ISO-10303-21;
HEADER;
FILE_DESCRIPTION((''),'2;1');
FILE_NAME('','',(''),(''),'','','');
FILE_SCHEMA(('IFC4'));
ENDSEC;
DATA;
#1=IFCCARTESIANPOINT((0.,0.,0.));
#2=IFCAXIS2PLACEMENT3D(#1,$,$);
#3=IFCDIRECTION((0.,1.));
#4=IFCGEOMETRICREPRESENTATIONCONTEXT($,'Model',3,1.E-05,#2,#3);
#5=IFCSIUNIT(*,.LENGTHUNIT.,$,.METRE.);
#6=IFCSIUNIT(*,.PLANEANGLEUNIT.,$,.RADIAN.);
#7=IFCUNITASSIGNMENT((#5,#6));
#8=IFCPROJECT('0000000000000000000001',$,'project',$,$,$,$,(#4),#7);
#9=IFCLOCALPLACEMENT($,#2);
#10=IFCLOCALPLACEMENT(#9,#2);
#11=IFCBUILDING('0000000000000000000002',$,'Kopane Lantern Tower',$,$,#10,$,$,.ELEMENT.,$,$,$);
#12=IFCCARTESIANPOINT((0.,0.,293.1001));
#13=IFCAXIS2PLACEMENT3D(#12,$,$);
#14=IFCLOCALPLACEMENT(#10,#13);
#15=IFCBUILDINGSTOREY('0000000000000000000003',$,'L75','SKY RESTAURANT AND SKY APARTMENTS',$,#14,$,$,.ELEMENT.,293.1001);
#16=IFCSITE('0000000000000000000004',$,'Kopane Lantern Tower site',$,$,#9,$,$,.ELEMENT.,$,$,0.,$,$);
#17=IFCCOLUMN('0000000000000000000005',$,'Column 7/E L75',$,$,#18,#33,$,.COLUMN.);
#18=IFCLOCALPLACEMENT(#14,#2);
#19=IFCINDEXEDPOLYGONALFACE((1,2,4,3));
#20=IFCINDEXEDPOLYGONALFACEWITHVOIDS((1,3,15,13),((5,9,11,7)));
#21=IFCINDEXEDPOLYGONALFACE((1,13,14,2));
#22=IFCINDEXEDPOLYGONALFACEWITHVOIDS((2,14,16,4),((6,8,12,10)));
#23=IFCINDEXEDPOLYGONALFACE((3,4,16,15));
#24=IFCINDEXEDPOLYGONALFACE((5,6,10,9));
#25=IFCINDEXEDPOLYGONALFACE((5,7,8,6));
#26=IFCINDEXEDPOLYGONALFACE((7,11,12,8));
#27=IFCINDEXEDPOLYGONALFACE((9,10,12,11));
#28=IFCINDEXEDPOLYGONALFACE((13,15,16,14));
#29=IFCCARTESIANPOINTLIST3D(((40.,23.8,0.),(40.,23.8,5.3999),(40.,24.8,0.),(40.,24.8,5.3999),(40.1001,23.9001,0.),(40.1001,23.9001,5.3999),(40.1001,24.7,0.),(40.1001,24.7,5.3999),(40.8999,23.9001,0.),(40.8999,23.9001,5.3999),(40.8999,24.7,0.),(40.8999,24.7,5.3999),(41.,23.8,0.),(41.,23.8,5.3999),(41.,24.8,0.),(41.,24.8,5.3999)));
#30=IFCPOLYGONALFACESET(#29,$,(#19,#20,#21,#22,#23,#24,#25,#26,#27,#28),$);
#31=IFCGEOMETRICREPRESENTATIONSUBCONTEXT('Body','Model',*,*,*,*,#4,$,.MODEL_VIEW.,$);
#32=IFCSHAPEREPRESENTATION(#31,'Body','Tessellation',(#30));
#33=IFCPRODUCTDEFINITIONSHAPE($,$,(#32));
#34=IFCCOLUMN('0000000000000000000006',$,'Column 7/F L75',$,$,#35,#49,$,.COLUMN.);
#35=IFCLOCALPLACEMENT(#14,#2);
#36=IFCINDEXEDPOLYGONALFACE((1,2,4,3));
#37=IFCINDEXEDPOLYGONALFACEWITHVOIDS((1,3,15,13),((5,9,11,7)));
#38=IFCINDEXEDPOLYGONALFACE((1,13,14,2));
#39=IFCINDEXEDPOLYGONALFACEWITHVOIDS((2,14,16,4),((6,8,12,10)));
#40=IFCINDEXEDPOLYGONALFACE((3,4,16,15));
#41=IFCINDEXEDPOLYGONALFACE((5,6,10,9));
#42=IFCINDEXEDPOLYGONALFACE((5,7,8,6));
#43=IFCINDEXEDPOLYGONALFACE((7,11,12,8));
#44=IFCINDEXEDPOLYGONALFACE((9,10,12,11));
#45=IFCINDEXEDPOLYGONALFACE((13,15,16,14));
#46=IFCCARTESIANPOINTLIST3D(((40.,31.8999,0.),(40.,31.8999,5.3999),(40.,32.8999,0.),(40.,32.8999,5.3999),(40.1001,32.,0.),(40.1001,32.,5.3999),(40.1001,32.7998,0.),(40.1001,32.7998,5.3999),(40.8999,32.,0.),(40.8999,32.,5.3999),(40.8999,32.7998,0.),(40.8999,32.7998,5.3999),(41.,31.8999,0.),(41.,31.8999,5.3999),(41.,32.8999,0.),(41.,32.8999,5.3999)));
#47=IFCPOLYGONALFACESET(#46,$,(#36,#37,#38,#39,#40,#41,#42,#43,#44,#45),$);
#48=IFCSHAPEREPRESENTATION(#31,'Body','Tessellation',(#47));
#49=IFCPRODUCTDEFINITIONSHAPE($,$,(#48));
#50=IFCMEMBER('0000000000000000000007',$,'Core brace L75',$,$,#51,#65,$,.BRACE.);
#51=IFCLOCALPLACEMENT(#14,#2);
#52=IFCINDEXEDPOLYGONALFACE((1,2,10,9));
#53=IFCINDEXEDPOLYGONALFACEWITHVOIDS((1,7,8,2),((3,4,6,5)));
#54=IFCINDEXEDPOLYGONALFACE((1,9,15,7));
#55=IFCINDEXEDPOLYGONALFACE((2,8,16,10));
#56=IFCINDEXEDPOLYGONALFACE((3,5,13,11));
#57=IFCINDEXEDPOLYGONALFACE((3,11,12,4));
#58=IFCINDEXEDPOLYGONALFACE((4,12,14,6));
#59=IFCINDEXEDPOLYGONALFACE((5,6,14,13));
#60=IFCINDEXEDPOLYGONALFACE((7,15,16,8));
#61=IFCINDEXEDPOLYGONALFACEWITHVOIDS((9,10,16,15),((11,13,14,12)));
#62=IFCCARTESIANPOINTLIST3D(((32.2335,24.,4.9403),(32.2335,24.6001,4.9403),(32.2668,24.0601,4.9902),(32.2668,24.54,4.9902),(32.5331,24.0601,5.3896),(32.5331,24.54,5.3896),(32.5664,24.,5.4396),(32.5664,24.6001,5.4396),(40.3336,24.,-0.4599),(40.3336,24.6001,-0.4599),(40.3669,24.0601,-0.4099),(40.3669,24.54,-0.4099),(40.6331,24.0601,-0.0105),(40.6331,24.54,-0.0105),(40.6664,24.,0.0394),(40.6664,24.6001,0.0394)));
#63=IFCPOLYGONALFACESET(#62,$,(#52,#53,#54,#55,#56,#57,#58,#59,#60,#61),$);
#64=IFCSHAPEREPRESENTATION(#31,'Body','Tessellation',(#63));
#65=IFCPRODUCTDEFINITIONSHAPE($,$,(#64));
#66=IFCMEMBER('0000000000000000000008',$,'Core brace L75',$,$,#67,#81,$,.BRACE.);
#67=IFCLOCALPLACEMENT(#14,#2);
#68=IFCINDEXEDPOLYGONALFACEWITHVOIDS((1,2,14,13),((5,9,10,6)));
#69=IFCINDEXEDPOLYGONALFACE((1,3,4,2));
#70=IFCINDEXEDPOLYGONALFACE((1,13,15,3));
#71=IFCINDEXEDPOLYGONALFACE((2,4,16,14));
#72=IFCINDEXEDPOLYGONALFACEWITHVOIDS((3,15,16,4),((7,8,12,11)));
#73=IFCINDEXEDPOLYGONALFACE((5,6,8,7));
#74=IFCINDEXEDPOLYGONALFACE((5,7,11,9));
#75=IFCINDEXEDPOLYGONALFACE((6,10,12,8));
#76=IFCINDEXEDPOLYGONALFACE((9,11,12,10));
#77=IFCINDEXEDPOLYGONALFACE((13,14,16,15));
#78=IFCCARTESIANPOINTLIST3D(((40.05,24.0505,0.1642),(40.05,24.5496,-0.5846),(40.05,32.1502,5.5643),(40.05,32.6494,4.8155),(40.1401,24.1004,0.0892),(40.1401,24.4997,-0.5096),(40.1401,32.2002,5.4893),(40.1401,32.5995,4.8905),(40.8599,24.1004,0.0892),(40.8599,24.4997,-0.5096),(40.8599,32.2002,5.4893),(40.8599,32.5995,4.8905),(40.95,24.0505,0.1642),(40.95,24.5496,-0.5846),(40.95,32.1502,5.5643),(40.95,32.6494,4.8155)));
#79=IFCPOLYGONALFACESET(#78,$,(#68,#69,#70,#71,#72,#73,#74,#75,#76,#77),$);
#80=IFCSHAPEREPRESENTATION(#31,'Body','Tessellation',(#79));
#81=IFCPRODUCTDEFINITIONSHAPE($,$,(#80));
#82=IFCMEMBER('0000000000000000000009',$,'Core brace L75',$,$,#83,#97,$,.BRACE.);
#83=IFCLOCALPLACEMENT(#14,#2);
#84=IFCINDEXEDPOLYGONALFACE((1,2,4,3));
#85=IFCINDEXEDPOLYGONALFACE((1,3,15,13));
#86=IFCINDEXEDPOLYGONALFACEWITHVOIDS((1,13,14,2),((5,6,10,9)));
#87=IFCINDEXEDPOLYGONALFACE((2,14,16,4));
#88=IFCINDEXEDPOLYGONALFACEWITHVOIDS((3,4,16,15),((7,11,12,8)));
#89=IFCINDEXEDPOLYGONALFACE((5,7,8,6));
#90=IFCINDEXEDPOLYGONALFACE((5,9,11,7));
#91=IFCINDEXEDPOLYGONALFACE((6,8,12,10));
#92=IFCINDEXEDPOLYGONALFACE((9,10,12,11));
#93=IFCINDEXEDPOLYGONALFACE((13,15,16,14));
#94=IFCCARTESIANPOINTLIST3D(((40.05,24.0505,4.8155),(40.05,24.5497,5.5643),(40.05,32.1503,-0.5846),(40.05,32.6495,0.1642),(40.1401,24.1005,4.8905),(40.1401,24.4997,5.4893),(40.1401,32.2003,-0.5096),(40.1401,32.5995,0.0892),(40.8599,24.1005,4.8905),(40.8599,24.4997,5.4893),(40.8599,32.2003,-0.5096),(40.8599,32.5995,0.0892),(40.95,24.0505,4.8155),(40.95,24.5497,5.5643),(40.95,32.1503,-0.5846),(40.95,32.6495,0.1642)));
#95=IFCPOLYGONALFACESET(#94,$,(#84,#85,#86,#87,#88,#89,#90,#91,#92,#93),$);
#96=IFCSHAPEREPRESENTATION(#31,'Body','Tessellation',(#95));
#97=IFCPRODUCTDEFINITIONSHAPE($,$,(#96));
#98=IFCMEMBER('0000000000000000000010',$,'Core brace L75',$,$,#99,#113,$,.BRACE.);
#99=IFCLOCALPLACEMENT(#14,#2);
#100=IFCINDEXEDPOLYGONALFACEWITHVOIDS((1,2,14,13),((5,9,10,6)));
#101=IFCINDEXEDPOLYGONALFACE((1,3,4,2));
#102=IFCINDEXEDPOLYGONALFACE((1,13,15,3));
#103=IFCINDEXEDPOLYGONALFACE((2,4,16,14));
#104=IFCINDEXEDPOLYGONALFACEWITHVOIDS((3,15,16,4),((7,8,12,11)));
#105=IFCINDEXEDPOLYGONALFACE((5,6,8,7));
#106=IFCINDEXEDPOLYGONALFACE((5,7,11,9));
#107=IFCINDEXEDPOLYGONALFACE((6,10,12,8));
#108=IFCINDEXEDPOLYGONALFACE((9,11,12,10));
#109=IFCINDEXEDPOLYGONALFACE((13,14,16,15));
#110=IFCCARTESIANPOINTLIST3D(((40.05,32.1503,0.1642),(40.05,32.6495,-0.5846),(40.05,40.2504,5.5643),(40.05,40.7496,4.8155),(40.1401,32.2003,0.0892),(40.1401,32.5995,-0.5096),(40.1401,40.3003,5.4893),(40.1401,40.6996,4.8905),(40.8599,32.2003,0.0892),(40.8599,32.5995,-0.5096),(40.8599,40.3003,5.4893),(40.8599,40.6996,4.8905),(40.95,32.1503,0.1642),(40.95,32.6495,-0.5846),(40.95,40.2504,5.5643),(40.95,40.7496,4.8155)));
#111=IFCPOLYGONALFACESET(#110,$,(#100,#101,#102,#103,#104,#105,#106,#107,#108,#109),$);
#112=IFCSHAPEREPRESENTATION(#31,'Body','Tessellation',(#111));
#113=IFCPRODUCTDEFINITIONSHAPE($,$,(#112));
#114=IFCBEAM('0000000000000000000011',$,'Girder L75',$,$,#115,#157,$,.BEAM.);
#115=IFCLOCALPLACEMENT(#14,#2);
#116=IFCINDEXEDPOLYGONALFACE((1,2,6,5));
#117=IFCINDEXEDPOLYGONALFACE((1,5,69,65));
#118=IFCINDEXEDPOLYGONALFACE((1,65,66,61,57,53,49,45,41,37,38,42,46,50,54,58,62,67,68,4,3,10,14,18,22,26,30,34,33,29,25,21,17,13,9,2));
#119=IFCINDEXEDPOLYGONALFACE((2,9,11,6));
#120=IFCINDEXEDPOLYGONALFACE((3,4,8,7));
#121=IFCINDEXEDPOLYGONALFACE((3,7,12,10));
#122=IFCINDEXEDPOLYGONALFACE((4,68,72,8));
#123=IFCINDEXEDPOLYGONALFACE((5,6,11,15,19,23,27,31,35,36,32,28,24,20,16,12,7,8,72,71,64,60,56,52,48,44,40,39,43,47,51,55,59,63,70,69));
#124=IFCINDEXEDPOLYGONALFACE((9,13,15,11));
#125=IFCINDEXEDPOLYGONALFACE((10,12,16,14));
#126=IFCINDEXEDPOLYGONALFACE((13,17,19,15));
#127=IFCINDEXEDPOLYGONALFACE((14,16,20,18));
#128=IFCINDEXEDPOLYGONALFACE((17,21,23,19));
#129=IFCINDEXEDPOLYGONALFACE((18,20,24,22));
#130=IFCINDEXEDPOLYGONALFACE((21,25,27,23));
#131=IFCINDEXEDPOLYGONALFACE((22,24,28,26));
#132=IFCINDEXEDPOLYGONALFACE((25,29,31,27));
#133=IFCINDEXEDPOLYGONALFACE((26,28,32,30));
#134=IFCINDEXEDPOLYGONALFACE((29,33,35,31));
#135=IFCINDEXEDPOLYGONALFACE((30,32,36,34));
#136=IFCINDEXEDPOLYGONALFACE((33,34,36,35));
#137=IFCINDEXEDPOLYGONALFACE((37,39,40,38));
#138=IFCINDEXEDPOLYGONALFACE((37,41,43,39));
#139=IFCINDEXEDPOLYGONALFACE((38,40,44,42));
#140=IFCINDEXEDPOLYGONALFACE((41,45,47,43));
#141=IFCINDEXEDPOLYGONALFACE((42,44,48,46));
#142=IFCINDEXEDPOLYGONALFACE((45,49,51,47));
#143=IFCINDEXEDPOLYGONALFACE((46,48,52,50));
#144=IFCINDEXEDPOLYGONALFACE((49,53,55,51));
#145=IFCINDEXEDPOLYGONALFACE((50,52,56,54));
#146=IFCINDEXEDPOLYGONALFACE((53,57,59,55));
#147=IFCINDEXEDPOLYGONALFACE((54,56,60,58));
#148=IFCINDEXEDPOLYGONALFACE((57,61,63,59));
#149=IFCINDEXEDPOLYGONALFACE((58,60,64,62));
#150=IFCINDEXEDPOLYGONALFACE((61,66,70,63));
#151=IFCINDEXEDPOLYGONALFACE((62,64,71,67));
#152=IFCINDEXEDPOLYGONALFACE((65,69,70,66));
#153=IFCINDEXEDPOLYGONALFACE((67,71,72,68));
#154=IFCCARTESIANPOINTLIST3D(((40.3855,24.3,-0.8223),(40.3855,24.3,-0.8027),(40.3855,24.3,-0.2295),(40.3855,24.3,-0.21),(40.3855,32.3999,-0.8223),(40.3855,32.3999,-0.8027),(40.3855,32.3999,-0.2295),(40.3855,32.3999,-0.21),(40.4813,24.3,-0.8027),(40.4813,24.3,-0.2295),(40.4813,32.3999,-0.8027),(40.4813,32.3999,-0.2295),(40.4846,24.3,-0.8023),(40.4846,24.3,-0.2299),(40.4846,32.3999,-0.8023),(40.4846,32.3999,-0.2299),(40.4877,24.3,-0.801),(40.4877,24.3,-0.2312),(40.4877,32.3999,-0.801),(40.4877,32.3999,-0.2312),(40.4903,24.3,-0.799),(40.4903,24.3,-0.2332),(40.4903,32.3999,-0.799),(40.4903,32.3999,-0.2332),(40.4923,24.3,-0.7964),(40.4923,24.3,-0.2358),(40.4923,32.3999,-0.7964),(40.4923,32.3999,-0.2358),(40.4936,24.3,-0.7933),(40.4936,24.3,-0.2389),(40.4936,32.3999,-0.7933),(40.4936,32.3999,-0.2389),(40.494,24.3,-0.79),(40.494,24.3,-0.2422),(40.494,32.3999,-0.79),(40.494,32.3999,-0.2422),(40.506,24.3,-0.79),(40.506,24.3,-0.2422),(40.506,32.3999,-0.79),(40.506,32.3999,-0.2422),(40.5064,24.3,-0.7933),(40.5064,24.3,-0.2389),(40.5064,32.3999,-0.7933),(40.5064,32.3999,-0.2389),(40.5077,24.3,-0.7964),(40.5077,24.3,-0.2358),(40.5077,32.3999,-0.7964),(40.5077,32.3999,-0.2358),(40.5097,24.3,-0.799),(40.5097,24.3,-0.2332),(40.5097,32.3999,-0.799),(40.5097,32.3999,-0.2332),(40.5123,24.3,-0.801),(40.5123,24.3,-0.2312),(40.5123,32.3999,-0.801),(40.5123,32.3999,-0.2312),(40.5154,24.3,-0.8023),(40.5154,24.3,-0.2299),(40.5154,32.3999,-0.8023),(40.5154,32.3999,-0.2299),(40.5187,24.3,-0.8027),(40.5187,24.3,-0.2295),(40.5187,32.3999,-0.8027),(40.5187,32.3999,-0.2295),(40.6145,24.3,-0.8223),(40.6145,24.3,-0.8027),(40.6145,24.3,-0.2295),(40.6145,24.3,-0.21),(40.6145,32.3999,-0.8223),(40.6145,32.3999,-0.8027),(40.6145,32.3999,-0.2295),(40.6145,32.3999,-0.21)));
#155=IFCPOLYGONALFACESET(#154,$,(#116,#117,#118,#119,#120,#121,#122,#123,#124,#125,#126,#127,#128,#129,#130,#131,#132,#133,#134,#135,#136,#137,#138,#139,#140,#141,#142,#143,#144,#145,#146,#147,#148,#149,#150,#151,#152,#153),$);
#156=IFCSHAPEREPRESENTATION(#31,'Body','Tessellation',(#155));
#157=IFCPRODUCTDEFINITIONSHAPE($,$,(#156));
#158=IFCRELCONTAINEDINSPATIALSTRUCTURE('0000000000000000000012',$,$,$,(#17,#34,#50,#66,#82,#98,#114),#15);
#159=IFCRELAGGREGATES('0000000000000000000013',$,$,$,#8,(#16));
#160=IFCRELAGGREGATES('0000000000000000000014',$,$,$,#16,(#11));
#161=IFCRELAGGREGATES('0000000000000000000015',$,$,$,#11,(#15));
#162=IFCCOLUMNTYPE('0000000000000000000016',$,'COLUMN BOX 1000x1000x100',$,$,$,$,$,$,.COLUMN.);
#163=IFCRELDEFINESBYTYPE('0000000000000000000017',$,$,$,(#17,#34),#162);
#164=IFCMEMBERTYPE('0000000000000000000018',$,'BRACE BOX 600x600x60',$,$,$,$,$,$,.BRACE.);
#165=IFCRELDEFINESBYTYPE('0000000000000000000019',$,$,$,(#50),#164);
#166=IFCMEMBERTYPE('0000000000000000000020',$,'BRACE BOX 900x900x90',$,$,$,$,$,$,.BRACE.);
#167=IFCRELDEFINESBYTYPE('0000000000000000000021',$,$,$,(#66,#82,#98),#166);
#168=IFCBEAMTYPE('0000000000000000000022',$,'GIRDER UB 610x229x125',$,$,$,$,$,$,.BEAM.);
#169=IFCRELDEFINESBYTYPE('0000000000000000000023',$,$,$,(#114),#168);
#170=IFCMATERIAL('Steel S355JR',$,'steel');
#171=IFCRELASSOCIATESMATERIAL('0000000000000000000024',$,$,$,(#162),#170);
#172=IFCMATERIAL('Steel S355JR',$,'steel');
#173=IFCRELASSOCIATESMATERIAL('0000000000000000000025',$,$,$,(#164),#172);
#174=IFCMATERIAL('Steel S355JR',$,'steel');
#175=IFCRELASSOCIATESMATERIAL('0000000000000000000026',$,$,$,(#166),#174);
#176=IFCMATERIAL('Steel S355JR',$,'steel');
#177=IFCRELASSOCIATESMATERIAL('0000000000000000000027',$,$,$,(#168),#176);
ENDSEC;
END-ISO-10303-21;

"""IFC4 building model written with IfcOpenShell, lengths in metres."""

from ifc_helpers import new_model, si_unit, direction, frame, origin, origin_2d, place, context, subcontext, project, spatial, hollow_rectangle, i_section, extrude, material, material_profile, profile_set, type_object, element, save


model = new_model("IFC4")

# Units and contexts
model_context = context("Model", 3, precision=1e-05, world=origin(), true_north=direction((0.0, 1.0)))
body_context = subcontext(model_context, "Body", "Model", "MODEL_VIEW")
ifc_project = project(units=[si_unit("LENGTHUNIT", "METRE"), si_unit("PLANEANGLEUNIT", "RADIAN")], contexts=[model_context])

# Site, building, storey
site_placement = place(None, origin())
site = spatial("IfcSite", under=ifc_project, at=site_placement, Name="Kopane Lantern Tower site", CompositionType="ELEMENT", RefElevation=0.0)
building_placement = place(site_placement, origin())
building = spatial("IfcBuilding", under=site, at=building_placement, Name="Kopane Lantern Tower", CompositionType="ELEMENT")
storey_placement = place(building_placement, frame((0.0, 0.0, 293.1001)))
storey = spatial("IfcBuildingStorey", under=building, at=storey_placement, Name="L75", Description="SKY RESTAURANT AND SKY APARTMENTS", CompositionType="ELEMENT", Elevation=293.1001)

# Columns
ifc_material_1 = material(Name="Steel S355JR", Category="steel")
ifc_material_profile_1 = material_profile(ifc_material_1, hollow_rectangle(XDim=1.0, YDim=1.0, WallThickness=0.1001, at=origin_2d()), Name="BOX 1000x1000x100")
ifc_profile_set_1 = profile_set([ifc_material_profile_1], Name="Steel S355JR")
column_type = type_object("IfcColumnType", Name="COLUMN BOX 1000x1000x100", PredefinedType="COLUMN", material=ifc_profile_set_1)
for number, where, z_axis, x_axis, name in (
    (1, (40.5, 24.3, 0.0), (0.0, 0.0, 1.0), (1.0, 0.0, 0.0), "Column 7/E L75"),
    (2, (40.5, 32.3999, 0.0), (0.0, 0.0, 1.0), (1.0, 0.0, 0.0), "Column 7/F L75"),
):
    element("IfcColumn", number, at=place(storey_placement, frame(where, z_axis=z_axis, x_axis=x_axis)), inside=storey, type_object=column_type, Name=name, PredefinedType="COLUMN", context=body_context, shape_type="SweptSolid", body=[
        extrude(hollow_rectangle(XDim=1.0, YDim=1.0, WallThickness=0.1001, at=origin_2d()), origin(), (0.0, 0.0, 1.0), 5.3999),
    ])

# Members
ifc_material_2 = material(Name="Steel S355JR", Category="steel")
ifc_material_profile_2 = material_profile(ifc_material_2, hollow_rectangle(XDim=0.6001, YDim=0.6001, WallThickness=0.0601, at=origin_2d()), Name="BOX 600x600x60")
ifc_profile_set_2 = profile_set([ifc_material_profile_2], Name="Steel S355JR")
member_type_1 = type_object("IfcMemberType", Name="BRACE BOX 600x600x60", PredefinedType="BRACE", material=ifc_profile_set_2)
member_1_placement = place(storey_placement, frame((40.5, 24.3, -0.2102), z_axis=(-0.832046, 0.0, 0.554706), x_axis=(0.0, -1.0, 0.0)))
element("IfcMember", 3, at=member_1_placement, inside=storey, type_object=member_type_1, Name="Core brace L75", PredefinedType="BRACE", context=body_context, shape_type="SweptSolid", body=[
    extrude(hollow_rectangle(XDim=0.6001, YDim=0.6001, WallThickness=0.0601, at=origin_2d()), origin(), (0.0, 0.0, 1.0), 9.7351),
])
ifc_material_3 = material(Name="Steel S355JR", Category="steel")
ifc_material_profile_3 = material_profile(ifc_material_3, hollow_rectangle(XDim=0.8999, YDim=0.8999, WallThickness=0.0901, at=origin_2d()), Name="BOX 900x900x90")
ifc_profile_set_3 = profile_set([ifc_material_profile_3], Name="Steel S355JR")
member_type_2 = type_object("IfcMemberType", Name="BRACE BOX 900x900x90", PredefinedType="BRACE", material=ifc_profile_set_3)
for number, where, z_axis, x_axis, name in (
    (4, (40.5, 24.3, -0.2102), (0.0, 0.832039, 0.554718), (-1.0, 0.0, 0.0), "Core brace L75"),
    (5, (40.5, 32.3999, -0.2102), (0.0, -0.832039, 0.554718), (1.0, 0.0, 0.0), "Core brace L75"),
):
    element("IfcMember", number, at=place(storey_placement, frame(where, z_axis=z_axis, x_axis=x_axis)), inside=storey, type_object=member_type_2, Name=name, PredefinedType="BRACE", context=body_context, shape_type="SweptSolid", body=[
        extrude(hollow_rectangle(XDim=0.8999, YDim=0.8999, WallThickness=0.0901, at=origin_2d()), origin(), (0.0, 0.0, 1.0), 9.7349),
    ])
member_2_placement = place(storey_placement, frame((40.5, 32.3999, -0.2102), z_axis=(0.0, 0.832046, 0.554706), x_axis=(-1.0, 0.0, 0.0)))
element("IfcMember", 6, at=member_2_placement, inside=storey, type_object=member_type_2, Name="Core brace L75", PredefinedType="BRACE", context=body_context, shape_type="SweptSolid", body=[
    extrude(hollow_rectangle(XDim=0.8999, YDim=0.8999, WallThickness=0.0901, at=origin_2d()), origin(), (0.0, 0.0, 1.0), 9.7351),
])

# Beam
ifc_material_4 = material(Name="Steel S355JR", Category="steel")
ifc_material_profile_4 = material_profile(ifc_material_4, i_section(OverallWidth=0.229, OverallDepth=0.6123, WebThickness=0.012, FlangeThickness=0.0195, FilletRadius=0.0127, at=origin_2d()), Name="UB 610x229x125")
ifc_profile_set_4 = profile_set([ifc_material_profile_4], Name="Steel S355JR")
beam_type_1 = type_object("IfcBeamType", Name="GIRDER UB 610x229x125", PredefinedType="BEAM", material=ifc_profile_set_4)
beam_1_placement = place(storey_placement, frame((40.5, 24.3, -0.5161), z_axis=(0.0, 1.0, 0.0), x_axis=(-1.0, 0.0, 0.0)))
element("IfcBeam", 7, at=beam_1_placement, inside=storey, type_object=beam_type_1, Name="Girder L75", PredefinedType="BEAM", context=body_context, shape_type="SweptSolid", body=[
    extrude(i_section(OverallWidth=0.229, OverallDepth=0.6123, WebThickness=0.012, FlangeThickness=0.0195, FilletRadius=0.0127, at=origin_2d()), origin(), (0.0, 0.0, 1.0), 8.0999),
])

save(model, "model.ifc")
